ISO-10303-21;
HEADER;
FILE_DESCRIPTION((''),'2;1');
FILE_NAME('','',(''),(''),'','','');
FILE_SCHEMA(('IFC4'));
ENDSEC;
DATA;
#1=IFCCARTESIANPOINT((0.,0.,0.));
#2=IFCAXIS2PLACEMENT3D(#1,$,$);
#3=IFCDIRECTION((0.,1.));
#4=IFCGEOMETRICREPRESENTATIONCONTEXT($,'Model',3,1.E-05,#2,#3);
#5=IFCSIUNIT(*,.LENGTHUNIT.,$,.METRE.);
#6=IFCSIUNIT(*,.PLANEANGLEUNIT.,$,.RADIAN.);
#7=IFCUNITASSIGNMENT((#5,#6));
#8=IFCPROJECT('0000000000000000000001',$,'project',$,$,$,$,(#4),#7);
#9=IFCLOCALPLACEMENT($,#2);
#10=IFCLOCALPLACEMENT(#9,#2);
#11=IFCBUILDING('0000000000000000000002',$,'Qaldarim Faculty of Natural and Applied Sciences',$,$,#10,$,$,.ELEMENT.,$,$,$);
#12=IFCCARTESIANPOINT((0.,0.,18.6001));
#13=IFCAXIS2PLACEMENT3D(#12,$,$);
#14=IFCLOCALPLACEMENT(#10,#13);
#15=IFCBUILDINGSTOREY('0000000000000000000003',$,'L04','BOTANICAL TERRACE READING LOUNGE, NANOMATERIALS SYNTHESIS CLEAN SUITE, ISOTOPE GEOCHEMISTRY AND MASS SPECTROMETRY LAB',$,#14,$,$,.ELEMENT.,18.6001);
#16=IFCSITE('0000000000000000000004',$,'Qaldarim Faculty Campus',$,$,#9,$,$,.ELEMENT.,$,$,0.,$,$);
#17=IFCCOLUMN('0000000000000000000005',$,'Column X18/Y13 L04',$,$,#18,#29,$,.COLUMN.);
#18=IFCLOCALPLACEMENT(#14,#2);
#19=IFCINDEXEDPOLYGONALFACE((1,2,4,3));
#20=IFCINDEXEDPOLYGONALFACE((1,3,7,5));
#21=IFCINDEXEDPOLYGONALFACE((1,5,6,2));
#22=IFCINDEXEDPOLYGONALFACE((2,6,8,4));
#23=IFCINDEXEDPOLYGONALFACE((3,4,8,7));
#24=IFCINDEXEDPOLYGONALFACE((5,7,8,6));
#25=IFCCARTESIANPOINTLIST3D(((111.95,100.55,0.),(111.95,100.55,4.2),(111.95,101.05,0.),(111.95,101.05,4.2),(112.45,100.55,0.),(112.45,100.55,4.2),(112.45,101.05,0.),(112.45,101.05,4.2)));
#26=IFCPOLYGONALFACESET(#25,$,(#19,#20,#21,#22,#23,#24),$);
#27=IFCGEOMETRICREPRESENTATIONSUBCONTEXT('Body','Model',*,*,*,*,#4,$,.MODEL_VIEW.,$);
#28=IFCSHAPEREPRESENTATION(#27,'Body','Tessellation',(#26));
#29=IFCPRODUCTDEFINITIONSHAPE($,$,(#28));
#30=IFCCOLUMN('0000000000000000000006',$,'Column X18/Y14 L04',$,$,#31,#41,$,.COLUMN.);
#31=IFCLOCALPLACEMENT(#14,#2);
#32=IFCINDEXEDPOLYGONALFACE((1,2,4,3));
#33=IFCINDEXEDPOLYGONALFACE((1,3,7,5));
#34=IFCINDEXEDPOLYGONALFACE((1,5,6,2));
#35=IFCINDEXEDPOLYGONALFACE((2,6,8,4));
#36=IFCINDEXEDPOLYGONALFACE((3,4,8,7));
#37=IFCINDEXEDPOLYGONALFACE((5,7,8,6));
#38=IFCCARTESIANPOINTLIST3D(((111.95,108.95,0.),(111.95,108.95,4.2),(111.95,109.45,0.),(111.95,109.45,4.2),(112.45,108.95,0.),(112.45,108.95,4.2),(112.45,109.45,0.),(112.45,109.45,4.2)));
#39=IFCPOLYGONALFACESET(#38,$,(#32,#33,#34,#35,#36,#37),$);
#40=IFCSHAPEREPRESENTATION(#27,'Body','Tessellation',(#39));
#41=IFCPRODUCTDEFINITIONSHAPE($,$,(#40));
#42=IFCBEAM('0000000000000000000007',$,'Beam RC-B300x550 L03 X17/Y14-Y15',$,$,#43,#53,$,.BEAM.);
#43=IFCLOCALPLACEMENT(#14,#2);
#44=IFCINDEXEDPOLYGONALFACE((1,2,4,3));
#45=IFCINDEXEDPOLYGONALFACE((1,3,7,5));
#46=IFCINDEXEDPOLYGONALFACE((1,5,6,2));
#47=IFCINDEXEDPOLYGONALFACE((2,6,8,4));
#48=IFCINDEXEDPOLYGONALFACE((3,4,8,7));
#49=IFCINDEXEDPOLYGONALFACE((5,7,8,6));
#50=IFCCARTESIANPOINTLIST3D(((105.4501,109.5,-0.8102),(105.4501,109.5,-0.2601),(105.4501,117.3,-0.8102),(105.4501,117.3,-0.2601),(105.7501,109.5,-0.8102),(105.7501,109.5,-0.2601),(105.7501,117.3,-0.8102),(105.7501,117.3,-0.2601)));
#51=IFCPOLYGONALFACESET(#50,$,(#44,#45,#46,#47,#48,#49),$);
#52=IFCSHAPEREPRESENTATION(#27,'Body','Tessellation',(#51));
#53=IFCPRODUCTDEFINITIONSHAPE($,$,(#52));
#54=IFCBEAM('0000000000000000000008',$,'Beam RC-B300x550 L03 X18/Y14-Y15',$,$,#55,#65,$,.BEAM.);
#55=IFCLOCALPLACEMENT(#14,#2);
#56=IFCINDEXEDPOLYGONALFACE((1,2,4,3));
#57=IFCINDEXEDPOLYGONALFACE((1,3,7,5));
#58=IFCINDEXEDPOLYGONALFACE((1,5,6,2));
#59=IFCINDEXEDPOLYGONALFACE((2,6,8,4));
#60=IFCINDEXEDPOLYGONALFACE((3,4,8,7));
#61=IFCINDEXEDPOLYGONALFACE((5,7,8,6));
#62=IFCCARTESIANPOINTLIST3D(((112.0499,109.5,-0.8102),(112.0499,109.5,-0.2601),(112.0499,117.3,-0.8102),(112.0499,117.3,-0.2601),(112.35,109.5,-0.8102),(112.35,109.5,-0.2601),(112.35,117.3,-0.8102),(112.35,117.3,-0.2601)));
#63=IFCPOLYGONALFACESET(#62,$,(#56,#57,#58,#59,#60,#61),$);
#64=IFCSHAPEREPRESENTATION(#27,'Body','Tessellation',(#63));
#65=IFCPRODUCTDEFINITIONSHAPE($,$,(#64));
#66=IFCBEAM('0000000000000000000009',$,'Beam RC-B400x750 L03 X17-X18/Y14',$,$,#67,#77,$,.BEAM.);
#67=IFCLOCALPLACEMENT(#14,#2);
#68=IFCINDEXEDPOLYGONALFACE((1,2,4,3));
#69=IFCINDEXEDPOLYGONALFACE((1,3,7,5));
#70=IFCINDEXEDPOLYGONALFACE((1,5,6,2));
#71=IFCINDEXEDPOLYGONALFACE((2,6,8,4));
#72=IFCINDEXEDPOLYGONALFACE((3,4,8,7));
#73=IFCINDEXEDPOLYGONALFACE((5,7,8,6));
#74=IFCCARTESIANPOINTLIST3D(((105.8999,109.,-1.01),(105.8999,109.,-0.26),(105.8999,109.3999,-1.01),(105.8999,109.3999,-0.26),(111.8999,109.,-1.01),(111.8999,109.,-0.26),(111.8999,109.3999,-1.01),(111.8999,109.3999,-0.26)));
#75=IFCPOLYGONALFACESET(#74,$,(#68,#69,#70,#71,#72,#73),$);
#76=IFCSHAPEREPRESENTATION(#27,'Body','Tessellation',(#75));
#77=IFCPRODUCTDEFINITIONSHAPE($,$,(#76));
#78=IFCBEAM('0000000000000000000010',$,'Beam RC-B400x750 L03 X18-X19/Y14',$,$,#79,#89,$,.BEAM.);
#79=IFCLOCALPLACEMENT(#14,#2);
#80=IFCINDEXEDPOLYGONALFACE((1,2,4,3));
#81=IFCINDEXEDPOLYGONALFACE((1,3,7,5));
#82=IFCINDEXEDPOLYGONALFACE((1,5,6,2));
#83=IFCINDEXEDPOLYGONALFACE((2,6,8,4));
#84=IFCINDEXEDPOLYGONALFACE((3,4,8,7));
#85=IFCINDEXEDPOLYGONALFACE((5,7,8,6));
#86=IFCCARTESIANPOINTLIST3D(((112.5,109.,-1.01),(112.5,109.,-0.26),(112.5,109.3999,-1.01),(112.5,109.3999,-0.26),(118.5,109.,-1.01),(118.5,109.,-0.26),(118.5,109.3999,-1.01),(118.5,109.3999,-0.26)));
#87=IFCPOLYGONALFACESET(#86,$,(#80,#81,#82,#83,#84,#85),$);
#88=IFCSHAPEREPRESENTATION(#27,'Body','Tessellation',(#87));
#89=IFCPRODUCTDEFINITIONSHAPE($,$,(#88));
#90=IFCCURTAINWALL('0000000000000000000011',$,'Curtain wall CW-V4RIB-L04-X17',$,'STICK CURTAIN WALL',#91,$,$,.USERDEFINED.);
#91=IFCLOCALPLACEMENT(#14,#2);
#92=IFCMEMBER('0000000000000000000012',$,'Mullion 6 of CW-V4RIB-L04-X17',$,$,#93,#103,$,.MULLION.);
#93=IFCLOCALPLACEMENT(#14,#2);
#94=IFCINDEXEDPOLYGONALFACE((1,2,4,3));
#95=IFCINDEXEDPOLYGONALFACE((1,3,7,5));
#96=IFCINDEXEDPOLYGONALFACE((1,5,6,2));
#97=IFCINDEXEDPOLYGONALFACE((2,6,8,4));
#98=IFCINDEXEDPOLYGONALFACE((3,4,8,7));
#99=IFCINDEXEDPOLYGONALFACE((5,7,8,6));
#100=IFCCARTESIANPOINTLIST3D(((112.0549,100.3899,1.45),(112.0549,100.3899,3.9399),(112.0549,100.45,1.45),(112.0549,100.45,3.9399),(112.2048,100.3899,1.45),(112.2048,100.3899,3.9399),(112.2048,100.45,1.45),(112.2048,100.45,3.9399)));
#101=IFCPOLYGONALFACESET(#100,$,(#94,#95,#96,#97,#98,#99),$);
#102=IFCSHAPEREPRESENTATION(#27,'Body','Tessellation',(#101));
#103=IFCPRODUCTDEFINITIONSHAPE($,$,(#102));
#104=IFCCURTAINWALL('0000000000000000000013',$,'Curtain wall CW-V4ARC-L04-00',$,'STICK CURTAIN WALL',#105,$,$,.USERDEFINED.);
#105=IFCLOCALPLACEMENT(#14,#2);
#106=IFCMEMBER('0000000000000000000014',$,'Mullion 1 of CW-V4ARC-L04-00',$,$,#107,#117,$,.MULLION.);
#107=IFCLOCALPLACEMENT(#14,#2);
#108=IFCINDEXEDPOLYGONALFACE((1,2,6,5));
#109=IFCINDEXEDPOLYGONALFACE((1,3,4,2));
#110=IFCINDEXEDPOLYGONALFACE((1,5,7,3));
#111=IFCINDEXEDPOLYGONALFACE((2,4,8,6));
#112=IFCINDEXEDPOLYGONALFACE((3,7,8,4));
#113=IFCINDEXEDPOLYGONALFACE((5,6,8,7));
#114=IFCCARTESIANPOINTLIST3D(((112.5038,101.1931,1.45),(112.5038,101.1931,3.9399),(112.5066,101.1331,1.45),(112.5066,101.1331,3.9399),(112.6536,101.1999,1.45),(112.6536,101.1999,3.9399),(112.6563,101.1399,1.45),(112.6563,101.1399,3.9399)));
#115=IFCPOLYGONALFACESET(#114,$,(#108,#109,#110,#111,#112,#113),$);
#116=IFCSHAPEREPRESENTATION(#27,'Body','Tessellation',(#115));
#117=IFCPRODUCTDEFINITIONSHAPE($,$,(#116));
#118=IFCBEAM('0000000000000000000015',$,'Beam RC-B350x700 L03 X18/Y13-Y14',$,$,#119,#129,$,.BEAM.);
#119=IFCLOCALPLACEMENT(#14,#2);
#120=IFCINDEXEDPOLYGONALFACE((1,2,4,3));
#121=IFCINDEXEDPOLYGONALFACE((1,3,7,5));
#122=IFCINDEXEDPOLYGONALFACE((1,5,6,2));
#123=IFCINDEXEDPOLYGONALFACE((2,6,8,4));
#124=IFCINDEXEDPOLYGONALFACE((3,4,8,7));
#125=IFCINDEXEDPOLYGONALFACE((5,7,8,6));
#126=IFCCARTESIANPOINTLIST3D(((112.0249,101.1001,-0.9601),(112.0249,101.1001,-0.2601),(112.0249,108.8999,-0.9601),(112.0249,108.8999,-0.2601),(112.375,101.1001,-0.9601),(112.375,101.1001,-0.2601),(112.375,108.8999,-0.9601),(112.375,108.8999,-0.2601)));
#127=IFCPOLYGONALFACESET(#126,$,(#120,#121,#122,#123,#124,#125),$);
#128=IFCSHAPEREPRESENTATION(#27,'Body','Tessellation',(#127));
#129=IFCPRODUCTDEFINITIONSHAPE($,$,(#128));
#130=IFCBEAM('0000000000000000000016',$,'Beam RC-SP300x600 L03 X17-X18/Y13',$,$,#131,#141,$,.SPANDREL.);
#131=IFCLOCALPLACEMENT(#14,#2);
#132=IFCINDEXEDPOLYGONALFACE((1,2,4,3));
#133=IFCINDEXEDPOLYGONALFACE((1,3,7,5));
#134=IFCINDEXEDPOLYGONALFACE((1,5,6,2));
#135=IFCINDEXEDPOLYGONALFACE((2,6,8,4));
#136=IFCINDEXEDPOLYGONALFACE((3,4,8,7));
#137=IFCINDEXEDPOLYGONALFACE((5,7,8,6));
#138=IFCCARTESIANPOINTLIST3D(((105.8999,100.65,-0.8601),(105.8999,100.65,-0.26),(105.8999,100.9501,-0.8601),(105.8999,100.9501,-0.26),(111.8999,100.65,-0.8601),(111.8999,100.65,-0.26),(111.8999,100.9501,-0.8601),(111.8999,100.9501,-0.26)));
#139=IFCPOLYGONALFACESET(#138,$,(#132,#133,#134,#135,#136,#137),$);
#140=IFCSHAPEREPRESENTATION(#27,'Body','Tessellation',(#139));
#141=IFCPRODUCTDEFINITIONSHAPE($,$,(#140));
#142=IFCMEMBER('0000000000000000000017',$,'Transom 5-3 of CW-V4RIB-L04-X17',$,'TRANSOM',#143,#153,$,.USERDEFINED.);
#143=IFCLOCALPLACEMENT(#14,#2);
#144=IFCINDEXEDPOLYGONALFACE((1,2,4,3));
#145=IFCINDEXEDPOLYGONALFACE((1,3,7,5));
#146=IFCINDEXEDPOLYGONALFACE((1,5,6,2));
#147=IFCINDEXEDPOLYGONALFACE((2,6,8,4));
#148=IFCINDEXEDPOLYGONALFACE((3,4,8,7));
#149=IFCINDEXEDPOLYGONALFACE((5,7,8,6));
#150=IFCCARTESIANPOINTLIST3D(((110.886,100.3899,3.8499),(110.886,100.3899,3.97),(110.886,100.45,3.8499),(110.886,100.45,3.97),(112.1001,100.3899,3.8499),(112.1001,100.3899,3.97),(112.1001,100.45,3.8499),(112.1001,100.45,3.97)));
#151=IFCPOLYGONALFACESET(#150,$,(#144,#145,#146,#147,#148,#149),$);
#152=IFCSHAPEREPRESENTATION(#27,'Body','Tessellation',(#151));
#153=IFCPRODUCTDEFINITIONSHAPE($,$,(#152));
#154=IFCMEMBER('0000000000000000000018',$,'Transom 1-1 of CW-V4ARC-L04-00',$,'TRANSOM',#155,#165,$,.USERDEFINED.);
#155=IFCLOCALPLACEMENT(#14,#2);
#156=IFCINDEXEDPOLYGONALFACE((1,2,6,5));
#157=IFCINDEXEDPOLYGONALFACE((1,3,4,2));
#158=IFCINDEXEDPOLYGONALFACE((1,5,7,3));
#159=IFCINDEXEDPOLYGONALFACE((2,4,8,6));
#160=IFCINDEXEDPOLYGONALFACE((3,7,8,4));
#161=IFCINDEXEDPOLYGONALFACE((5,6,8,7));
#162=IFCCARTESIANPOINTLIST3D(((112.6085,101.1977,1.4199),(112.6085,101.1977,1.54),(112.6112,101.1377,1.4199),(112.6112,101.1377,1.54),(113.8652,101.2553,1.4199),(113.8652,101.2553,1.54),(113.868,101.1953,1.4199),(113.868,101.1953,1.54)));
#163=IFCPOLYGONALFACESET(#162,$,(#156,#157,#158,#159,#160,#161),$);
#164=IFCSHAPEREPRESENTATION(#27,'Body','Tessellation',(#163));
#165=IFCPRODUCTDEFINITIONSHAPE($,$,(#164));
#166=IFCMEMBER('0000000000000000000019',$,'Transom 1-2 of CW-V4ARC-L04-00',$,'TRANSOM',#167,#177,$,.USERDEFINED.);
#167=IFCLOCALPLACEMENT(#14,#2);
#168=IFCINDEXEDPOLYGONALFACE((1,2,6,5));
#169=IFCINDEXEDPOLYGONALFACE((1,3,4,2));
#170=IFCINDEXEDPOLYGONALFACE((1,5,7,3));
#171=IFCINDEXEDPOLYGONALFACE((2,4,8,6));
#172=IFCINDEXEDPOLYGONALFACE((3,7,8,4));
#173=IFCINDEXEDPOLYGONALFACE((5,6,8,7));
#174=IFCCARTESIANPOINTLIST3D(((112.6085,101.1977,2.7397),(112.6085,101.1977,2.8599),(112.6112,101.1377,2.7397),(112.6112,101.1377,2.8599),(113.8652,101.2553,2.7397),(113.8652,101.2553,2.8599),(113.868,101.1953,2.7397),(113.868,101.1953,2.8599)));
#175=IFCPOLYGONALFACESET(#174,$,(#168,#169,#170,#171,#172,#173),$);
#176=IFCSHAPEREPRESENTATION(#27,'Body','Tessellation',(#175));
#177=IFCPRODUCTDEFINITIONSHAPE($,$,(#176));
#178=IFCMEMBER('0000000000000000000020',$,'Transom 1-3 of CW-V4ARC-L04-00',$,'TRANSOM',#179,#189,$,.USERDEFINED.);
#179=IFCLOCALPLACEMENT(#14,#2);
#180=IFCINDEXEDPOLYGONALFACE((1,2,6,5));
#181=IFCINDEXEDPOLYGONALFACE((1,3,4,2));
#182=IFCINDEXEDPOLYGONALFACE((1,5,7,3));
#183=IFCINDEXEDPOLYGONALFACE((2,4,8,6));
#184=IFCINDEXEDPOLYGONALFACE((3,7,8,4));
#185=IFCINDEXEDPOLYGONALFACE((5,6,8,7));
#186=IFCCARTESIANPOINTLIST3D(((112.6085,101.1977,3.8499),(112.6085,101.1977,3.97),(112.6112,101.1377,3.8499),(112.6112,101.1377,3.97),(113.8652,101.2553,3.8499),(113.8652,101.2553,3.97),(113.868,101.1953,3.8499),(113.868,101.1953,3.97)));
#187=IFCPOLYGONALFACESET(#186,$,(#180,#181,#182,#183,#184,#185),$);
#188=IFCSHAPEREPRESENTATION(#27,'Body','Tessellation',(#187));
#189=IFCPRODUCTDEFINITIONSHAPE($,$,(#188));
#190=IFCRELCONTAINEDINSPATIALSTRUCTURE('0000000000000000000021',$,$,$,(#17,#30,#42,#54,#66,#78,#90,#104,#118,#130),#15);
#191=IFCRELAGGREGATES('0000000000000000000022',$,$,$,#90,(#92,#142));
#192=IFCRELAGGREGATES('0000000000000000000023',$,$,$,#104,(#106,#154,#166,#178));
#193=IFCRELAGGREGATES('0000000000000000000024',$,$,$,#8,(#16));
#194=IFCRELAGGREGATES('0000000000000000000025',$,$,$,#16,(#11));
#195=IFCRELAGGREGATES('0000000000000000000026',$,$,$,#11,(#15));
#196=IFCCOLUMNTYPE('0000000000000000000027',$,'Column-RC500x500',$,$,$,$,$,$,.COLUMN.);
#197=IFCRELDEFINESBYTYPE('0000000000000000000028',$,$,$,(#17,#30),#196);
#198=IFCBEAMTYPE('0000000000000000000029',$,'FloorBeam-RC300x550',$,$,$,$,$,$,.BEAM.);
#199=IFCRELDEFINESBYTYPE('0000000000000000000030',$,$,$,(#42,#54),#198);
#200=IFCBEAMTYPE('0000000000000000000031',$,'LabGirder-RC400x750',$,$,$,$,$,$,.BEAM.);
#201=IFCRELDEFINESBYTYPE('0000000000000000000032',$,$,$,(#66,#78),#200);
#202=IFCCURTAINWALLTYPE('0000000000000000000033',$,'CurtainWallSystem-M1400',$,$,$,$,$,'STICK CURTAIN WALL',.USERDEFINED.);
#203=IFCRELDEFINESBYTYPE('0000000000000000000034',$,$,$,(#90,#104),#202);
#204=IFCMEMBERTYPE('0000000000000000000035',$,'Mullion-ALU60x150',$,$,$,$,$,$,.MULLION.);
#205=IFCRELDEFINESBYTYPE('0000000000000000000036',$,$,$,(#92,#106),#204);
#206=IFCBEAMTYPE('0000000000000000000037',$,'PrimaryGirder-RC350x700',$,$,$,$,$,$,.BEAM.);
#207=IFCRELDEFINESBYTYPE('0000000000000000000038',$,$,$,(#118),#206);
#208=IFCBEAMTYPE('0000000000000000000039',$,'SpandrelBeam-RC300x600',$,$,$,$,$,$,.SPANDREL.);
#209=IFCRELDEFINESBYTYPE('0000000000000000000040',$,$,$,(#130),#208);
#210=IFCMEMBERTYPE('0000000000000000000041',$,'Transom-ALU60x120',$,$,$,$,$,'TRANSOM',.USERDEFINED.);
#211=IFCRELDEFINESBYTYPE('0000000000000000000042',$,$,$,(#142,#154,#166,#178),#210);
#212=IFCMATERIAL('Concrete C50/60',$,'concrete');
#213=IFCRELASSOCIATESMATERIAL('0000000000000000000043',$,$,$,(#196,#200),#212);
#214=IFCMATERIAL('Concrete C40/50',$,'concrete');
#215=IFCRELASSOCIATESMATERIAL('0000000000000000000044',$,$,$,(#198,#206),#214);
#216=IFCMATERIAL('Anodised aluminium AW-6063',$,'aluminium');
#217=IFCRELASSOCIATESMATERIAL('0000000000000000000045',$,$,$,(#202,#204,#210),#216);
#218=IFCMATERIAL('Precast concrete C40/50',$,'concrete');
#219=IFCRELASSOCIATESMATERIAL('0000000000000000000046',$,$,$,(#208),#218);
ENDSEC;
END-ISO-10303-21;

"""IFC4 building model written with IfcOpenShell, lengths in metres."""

from ifc_helpers import new_model, si_unit, direction, frame, origin, origin_2d, place, context, subcontext, project, spatial, rectangle, extrude, material, material_profile, profile_set, type_object, element, aggregate, save


model = new_model("IFC4")

# Units and contexts
model_context = context("Model", 3, precision=1e-05, world=origin(), true_north=direction((0.0, 1.0)))
body_context = subcontext(model_context, "Body", "Model", "MODEL_VIEW")
ifc_project = project(units=[si_unit("LENGTHUNIT", "METRE"), si_unit("PLANEANGLEUNIT", "RADIAN")], contexts=[model_context])

# Site, building, storey
site_placement = place(None, origin())
site = spatial("IfcSite", under=ifc_project, at=site_placement, Name="Qaldarim Faculty Campus", CompositionType="ELEMENT", RefElevation=0.0)
building_placement = place(site_placement, origin())
building = spatial("IfcBuilding", under=site, at=building_placement, Name="Qaldarim Faculty of Natural and Applied Sciences", CompositionType="ELEMENT")
storey_placement = place(building_placement, frame((0.0, 0.0, 18.6001)))
storey = spatial("IfcBuildingStorey", under=building, at=storey_placement, Name="L04", Description="BOTANICAL TERRACE READING LOUNGE, NANOMATERIALS SYNTHESIS CLEAN SUITE, ISOTOPE GEOCHEMISTRY AND MASS SPECTROMETRY LAB", CompositionType="ELEMENT", Elevation=18.6001)

# Columns
ifc_material_1 = material(Name="Concrete C50/60", Category="concrete")
ifc_material_profile_1 = material_profile(ifc_material_1, rectangle(XDim=0.5, YDim=0.5, at=origin_2d()), Name="RC-C500x500")
ifc_profile_set_1 = profile_set([ifc_material_profile_1], Name="Concrete C50/60")
column_type = type_object("IfcColumnType", Name="Column-RC500x500", PredefinedType="COLUMN", material=ifc_profile_set_1)
for number, where, z_axis, x_axis, name in (
    (1, (112.2, 100.8, 0.0), (0.0, 0.0, 1.0), (1.0, 0.0, 0.0), "Column X18/Y13 L04"),
    (2, (112.2, 109.2, 0.0), (0.0, 0.0, 1.0), (1.0, 0.0, 0.0), "Column X18/Y14 L04"),
):
    element("IfcColumn", number, at=place(storey_placement, frame(where, z_axis=z_axis, x_axis=x_axis)), inside=storey, type_object=column_type, Name=name, PredefinedType="COLUMN", context=body_context, shape_type="SweptSolid", body=[
        extrude(rectangle(XDim=0.5, YDim=0.5, at=origin_2d()), origin(), (0.0, 0.0, 1.0), 4.2),
    ])

# Beams
ifc_material_2 = material(Name="Concrete C40/50", Category="concrete")
ifc_material_profile_2 = material_profile(ifc_material_2, rectangle(XDim=0.3, YDim=0.55, at=origin_2d()), Name="RC-B300x550")
ifc_profile_set_2 = profile_set([ifc_material_profile_2], Name="Concrete C40/50")
beam_type_1 = type_object("IfcBeamType", Name="FloorBeam-RC300x550", PredefinedType="BEAM", material=ifc_profile_set_2)
for number, where, z_axis, x_axis, name in (
    (3, (105.6001, 109.5, -0.5352), (0.0, 1.0, 0.0), (-1.0, 0.0, 0.0), "Beam RC-B300x550 L03 X17/Y14-Y15"),
    (4, (112.2, 109.5, -0.5352), (0.0, 1.0, 0.0), (-1.0, 0.0, 0.0), "Beam RC-B300x550 L03 X18/Y14-Y15"),
):
    element("IfcBeam", number, at=place(storey_placement, frame(where, z_axis=z_axis, x_axis=x_axis)), inside=storey, type_object=beam_type_1, Name=name, PredefinedType="BEAM", context=body_context, shape_type="SweptSolid", body=[
        extrude(rectangle(XDim=0.3, YDim=0.55, at=origin_2d()), origin(), (0.0, 0.0, 1.0), 7.8),
    ])
ifc_material_profile_3 = material_profile(ifc_material_1, rectangle(XDim=0.3999, YDim=0.75, at=origin_2d()), Name="RC-B400x750")
ifc_profile_set_3 = profile_set([ifc_material_profile_3], Name="Concrete C50/60")
beam_type_2 = type_object("IfcBeamType", Name="LabGirder-RC400x750", PredefinedType="BEAM", material=ifc_profile_set_3)
for number, where, z_axis, x_axis, name in (
    (5, (105.8999, 109.2, -0.635), (1.0, 0.0, 0.0), (0.0, 1.0, 0.0), "Beam RC-B400x750 L03 X17-X18/Y14"),
    (6, (112.5, 109.2, -0.635), (1.0, 0.0, 0.0), (0.0, 1.0, 0.0), "Beam RC-B400x750 L03 X18-X19/Y14"),
):
    element("IfcBeam", number, at=place(storey_placement, frame(where, z_axis=z_axis, x_axis=x_axis)), inside=storey, type_object=beam_type_2, Name=name, PredefinedType="BEAM", context=body_context, shape_type="SweptSolid", body=[
        extrude(rectangle(XDim=0.3999, YDim=0.75, at=origin_2d()), origin(), (0.0, 0.0, 1.0), 6.0),
    ])

# Curtain walls, members
ifc_material_3 = material(Name="Anodised aluminium AW-6063", Category="aluminium")
curtain_wall_type = type_object("IfcCurtainWallType", Name="CurtainWallSystem-M1400", ElementType="STICK CURTAIN WALL", PredefinedType="USERDEFINED", material=ifc_material_3)
curtain_wall_1_placement = place(storey_placement, origin())
curtain_wall_1 = element("IfcCurtainWall", 7, at=curtain_wall_1_placement, inside=storey, type_object=curtain_wall_type, Name="Curtain wall CW-V4RIB-L04-X17", ObjectType="STICK CURTAIN WALL", PredefinedType="USERDEFINED")
ifc_material_profile_4 = material_profile(ifc_material_3, rectangle(XDim=0.0601, YDim=0.1499, at=origin_2d()), Name="ALU-M60x150")
ifc_profile_set_4 = profile_set([ifc_material_profile_4], Name="Anodised aluminium AW-6063")
member_type_1 = type_object("IfcMemberType", Name="Mullion-ALU60x150", PredefinedType="MULLION", material=ifc_profile_set_4)
member_1_placement = place(storey_placement, frame((112.1299, 100.4199, 1.45), z_axis=(0.0, 0.0, 1.0), x_axis=(0.0, 1.0, 0.0)))
member_1 = element("IfcMember", 8, at=member_1_placement, type_object=member_type_1, Name="Mullion 6 of CW-V4RIB-L04-X17", PredefinedType="MULLION", context=body_context, shape_type="SweptSolid", body=[
    extrude(rectangle(XDim=0.0601, YDim=0.1499, at=origin_2d()), origin(), (0.0, 0.0, 1.0), 2.49),
])
curtain_wall_2_placement = place(storey_placement, origin())
curtain_wall_2 = element("IfcCurtainWall", 9, at=curtain_wall_2_placement, inside=storey, type_object=curtain_wall_type, Name="Curtain wall CW-V4ARC-L04-00", ObjectType="STICK CURTAIN WALL", PredefinedType="USERDEFINED")
member_2_placement = place(storey_placement, frame((112.5801, 101.1665, 1.45), z_axis=(0.0, 0.0, 1.0), x_axis=(-0.045747, 0.998953, 0.0)))
member_2 = element("IfcMember", 10, at=member_2_placement, type_object=member_type_1, Name="Mullion 1 of CW-V4ARC-L04-00", PredefinedType="MULLION", context=body_context, shape_type="SweptSolid", body=[
    extrude(rectangle(XDim=0.0601, YDim=0.1499, at=origin_2d()), origin(), (0.0, 0.0, 1.0), 2.49),
])

# Beams
ifc_material_profile_5 = material_profile(ifc_material_2, rectangle(XDim=0.3501, YDim=0.7, at=origin_2d()), Name="RC-B350x700")
ifc_profile_set_5 = profile_set([ifc_material_profile_5], Name="Concrete C40/50")
beam_type_3 = type_object("IfcBeamType", Name="PrimaryGirder-RC350x700", PredefinedType="BEAM", material=ifc_profile_set_5)
beam_1_placement = place(storey_placement, frame((112.2, 101.1001, -0.6101), z_axis=(0.0, 1.0, 0.0), x_axis=(-1.0, 0.0, 0.0)))
element("IfcBeam", 11, at=beam_1_placement, inside=storey, type_object=beam_type_3, Name="Beam RC-B350x700 L03 X18/Y13-Y14", PredefinedType="BEAM", context=body_context, shape_type="SweptSolid", body=[
    extrude(rectangle(XDim=0.3501, YDim=0.7, at=origin_2d()), origin(), (0.0, 0.0, 1.0), 7.7998),
])
ifc_material_4 = material(Name="Precast concrete C40/50", Category="concrete")
ifc_material_profile_6 = material_profile(ifc_material_4, rectangle(XDim=0.3, YDim=0.6001, at=origin_2d()), Name="RC-SP300x600")
ifc_profile_set_6 = profile_set([ifc_material_profile_6], Name="Precast concrete C40/50")
beam_type_4 = type_object("IfcBeamType", Name="SpandrelBeam-RC300x600", PredefinedType="SPANDREL", material=ifc_profile_set_6)
beam_2_placement = place(storey_placement, frame((105.8999, 100.8, -0.5601), z_axis=(1.0, 0.0, 0.0), x_axis=(0.0, 1.0, 0.0)))
element("IfcBeam", 12, at=beam_2_placement, inside=storey, type_object=beam_type_4, Name="Beam RC-SP300x600 L03 X17-X18/Y13", PredefinedType="SPANDREL", context=body_context, shape_type="SweptSolid", body=[
    extrude(rectangle(XDim=0.3, YDim=0.6001, at=origin_2d()), origin(), (0.0, 0.0, 1.0), 6.0),
])

# Members
ifc_material_profile_7 = material_profile(ifc_material_3, rectangle(XDim=0.0601, YDim=0.1201, at=origin_2d()), Name="ALU-T60x120")
ifc_profile_set_7 = profile_set([ifc_material_profile_7], Name="Anodised aluminium AW-6063")
member_type_2 = type_object("IfcMemberType", Name="Transom-ALU60x120", ElementType="TRANSOM", PredefinedType="USERDEFINED", material=ifc_profile_set_7)
member_3_placement = place(storey_placement, frame((110.886, 100.4199, 3.9099), z_axis=(1.0, 0.0, 0.0), x_axis=(0.0, 1.0, 0.0)))
member_3 = element("IfcMember", 13, at=member_3_placement, type_object=member_type_2, Name="Transom 5-3 of CW-V4RIB-L04-X17", ObjectType="TRANSOM", PredefinedType="USERDEFINED", context=body_context, shape_type="SweptSolid", body=[
    extrude(rectangle(XDim=0.0601, YDim=0.1201, at=origin_2d()), origin(), (0.0, 0.0, 1.0), 1.2141),
])
member_4_placement = place(storey_placement, frame((112.6099, 101.1677, 1.48), z_axis=(0.998951, 0.045795, 0.0), x_axis=(-0.045795, 0.998951, 0.0)))
member_4 = element("IfcMember", 14, at=member_4_placement, type_object=member_type_2, Name="Transom 1-1 of CW-V4ARC-L04-00", ObjectType="TRANSOM", PredefinedType="USERDEFINED", context=body_context, shape_type="SweptSolid", body=[
    extrude(rectangle(XDim=0.0601, YDim=0.1201, at=origin_2d()), origin(), (0.0, 0.0, 1.0), 1.2581),
])
member_5_placement = place(storey_placement, frame((112.6099, 101.1677, 2.7998), z_axis=(0.998951, 0.045795, 0.0), x_axis=(-0.045795, 0.998951, 0.0)))
member_5 = element("IfcMember", 15, at=member_5_placement, type_object=member_type_2, Name="Transom 1-2 of CW-V4ARC-L04-00", ObjectType="TRANSOM", PredefinedType="USERDEFINED", context=body_context, shape_type="SweptSolid", body=[
    extrude(rectangle(XDim=0.0601, YDim=0.1201, at=origin_2d()), origin(), (0.0, 0.0, 1.0), 1.2581),
])
member_6_placement = place(storey_placement, frame((112.6099, 101.1677, 3.9099), z_axis=(0.998951, 0.045795, 0.0), x_axis=(-0.045795, 0.998951, 0.0)))
member_6 = element("IfcMember", 16, at=member_6_placement, type_object=member_type_2, Name="Transom 1-3 of CW-V4ARC-L04-00", ObjectType="TRANSOM", PredefinedType="USERDEFINED", context=body_context, shape_type="SweptSolid", body=[
    extrude(rectangle(XDim=0.0601, YDim=0.1201, at=origin_2d()), origin(), (0.0, 0.0, 1.0), 1.2581),
])

aggregate(curtain_wall_1, [member_1, member_3])
aggregate(curtain_wall_2, [member_2, member_4, member_5, member_6])

save(model, "model.ifc")
